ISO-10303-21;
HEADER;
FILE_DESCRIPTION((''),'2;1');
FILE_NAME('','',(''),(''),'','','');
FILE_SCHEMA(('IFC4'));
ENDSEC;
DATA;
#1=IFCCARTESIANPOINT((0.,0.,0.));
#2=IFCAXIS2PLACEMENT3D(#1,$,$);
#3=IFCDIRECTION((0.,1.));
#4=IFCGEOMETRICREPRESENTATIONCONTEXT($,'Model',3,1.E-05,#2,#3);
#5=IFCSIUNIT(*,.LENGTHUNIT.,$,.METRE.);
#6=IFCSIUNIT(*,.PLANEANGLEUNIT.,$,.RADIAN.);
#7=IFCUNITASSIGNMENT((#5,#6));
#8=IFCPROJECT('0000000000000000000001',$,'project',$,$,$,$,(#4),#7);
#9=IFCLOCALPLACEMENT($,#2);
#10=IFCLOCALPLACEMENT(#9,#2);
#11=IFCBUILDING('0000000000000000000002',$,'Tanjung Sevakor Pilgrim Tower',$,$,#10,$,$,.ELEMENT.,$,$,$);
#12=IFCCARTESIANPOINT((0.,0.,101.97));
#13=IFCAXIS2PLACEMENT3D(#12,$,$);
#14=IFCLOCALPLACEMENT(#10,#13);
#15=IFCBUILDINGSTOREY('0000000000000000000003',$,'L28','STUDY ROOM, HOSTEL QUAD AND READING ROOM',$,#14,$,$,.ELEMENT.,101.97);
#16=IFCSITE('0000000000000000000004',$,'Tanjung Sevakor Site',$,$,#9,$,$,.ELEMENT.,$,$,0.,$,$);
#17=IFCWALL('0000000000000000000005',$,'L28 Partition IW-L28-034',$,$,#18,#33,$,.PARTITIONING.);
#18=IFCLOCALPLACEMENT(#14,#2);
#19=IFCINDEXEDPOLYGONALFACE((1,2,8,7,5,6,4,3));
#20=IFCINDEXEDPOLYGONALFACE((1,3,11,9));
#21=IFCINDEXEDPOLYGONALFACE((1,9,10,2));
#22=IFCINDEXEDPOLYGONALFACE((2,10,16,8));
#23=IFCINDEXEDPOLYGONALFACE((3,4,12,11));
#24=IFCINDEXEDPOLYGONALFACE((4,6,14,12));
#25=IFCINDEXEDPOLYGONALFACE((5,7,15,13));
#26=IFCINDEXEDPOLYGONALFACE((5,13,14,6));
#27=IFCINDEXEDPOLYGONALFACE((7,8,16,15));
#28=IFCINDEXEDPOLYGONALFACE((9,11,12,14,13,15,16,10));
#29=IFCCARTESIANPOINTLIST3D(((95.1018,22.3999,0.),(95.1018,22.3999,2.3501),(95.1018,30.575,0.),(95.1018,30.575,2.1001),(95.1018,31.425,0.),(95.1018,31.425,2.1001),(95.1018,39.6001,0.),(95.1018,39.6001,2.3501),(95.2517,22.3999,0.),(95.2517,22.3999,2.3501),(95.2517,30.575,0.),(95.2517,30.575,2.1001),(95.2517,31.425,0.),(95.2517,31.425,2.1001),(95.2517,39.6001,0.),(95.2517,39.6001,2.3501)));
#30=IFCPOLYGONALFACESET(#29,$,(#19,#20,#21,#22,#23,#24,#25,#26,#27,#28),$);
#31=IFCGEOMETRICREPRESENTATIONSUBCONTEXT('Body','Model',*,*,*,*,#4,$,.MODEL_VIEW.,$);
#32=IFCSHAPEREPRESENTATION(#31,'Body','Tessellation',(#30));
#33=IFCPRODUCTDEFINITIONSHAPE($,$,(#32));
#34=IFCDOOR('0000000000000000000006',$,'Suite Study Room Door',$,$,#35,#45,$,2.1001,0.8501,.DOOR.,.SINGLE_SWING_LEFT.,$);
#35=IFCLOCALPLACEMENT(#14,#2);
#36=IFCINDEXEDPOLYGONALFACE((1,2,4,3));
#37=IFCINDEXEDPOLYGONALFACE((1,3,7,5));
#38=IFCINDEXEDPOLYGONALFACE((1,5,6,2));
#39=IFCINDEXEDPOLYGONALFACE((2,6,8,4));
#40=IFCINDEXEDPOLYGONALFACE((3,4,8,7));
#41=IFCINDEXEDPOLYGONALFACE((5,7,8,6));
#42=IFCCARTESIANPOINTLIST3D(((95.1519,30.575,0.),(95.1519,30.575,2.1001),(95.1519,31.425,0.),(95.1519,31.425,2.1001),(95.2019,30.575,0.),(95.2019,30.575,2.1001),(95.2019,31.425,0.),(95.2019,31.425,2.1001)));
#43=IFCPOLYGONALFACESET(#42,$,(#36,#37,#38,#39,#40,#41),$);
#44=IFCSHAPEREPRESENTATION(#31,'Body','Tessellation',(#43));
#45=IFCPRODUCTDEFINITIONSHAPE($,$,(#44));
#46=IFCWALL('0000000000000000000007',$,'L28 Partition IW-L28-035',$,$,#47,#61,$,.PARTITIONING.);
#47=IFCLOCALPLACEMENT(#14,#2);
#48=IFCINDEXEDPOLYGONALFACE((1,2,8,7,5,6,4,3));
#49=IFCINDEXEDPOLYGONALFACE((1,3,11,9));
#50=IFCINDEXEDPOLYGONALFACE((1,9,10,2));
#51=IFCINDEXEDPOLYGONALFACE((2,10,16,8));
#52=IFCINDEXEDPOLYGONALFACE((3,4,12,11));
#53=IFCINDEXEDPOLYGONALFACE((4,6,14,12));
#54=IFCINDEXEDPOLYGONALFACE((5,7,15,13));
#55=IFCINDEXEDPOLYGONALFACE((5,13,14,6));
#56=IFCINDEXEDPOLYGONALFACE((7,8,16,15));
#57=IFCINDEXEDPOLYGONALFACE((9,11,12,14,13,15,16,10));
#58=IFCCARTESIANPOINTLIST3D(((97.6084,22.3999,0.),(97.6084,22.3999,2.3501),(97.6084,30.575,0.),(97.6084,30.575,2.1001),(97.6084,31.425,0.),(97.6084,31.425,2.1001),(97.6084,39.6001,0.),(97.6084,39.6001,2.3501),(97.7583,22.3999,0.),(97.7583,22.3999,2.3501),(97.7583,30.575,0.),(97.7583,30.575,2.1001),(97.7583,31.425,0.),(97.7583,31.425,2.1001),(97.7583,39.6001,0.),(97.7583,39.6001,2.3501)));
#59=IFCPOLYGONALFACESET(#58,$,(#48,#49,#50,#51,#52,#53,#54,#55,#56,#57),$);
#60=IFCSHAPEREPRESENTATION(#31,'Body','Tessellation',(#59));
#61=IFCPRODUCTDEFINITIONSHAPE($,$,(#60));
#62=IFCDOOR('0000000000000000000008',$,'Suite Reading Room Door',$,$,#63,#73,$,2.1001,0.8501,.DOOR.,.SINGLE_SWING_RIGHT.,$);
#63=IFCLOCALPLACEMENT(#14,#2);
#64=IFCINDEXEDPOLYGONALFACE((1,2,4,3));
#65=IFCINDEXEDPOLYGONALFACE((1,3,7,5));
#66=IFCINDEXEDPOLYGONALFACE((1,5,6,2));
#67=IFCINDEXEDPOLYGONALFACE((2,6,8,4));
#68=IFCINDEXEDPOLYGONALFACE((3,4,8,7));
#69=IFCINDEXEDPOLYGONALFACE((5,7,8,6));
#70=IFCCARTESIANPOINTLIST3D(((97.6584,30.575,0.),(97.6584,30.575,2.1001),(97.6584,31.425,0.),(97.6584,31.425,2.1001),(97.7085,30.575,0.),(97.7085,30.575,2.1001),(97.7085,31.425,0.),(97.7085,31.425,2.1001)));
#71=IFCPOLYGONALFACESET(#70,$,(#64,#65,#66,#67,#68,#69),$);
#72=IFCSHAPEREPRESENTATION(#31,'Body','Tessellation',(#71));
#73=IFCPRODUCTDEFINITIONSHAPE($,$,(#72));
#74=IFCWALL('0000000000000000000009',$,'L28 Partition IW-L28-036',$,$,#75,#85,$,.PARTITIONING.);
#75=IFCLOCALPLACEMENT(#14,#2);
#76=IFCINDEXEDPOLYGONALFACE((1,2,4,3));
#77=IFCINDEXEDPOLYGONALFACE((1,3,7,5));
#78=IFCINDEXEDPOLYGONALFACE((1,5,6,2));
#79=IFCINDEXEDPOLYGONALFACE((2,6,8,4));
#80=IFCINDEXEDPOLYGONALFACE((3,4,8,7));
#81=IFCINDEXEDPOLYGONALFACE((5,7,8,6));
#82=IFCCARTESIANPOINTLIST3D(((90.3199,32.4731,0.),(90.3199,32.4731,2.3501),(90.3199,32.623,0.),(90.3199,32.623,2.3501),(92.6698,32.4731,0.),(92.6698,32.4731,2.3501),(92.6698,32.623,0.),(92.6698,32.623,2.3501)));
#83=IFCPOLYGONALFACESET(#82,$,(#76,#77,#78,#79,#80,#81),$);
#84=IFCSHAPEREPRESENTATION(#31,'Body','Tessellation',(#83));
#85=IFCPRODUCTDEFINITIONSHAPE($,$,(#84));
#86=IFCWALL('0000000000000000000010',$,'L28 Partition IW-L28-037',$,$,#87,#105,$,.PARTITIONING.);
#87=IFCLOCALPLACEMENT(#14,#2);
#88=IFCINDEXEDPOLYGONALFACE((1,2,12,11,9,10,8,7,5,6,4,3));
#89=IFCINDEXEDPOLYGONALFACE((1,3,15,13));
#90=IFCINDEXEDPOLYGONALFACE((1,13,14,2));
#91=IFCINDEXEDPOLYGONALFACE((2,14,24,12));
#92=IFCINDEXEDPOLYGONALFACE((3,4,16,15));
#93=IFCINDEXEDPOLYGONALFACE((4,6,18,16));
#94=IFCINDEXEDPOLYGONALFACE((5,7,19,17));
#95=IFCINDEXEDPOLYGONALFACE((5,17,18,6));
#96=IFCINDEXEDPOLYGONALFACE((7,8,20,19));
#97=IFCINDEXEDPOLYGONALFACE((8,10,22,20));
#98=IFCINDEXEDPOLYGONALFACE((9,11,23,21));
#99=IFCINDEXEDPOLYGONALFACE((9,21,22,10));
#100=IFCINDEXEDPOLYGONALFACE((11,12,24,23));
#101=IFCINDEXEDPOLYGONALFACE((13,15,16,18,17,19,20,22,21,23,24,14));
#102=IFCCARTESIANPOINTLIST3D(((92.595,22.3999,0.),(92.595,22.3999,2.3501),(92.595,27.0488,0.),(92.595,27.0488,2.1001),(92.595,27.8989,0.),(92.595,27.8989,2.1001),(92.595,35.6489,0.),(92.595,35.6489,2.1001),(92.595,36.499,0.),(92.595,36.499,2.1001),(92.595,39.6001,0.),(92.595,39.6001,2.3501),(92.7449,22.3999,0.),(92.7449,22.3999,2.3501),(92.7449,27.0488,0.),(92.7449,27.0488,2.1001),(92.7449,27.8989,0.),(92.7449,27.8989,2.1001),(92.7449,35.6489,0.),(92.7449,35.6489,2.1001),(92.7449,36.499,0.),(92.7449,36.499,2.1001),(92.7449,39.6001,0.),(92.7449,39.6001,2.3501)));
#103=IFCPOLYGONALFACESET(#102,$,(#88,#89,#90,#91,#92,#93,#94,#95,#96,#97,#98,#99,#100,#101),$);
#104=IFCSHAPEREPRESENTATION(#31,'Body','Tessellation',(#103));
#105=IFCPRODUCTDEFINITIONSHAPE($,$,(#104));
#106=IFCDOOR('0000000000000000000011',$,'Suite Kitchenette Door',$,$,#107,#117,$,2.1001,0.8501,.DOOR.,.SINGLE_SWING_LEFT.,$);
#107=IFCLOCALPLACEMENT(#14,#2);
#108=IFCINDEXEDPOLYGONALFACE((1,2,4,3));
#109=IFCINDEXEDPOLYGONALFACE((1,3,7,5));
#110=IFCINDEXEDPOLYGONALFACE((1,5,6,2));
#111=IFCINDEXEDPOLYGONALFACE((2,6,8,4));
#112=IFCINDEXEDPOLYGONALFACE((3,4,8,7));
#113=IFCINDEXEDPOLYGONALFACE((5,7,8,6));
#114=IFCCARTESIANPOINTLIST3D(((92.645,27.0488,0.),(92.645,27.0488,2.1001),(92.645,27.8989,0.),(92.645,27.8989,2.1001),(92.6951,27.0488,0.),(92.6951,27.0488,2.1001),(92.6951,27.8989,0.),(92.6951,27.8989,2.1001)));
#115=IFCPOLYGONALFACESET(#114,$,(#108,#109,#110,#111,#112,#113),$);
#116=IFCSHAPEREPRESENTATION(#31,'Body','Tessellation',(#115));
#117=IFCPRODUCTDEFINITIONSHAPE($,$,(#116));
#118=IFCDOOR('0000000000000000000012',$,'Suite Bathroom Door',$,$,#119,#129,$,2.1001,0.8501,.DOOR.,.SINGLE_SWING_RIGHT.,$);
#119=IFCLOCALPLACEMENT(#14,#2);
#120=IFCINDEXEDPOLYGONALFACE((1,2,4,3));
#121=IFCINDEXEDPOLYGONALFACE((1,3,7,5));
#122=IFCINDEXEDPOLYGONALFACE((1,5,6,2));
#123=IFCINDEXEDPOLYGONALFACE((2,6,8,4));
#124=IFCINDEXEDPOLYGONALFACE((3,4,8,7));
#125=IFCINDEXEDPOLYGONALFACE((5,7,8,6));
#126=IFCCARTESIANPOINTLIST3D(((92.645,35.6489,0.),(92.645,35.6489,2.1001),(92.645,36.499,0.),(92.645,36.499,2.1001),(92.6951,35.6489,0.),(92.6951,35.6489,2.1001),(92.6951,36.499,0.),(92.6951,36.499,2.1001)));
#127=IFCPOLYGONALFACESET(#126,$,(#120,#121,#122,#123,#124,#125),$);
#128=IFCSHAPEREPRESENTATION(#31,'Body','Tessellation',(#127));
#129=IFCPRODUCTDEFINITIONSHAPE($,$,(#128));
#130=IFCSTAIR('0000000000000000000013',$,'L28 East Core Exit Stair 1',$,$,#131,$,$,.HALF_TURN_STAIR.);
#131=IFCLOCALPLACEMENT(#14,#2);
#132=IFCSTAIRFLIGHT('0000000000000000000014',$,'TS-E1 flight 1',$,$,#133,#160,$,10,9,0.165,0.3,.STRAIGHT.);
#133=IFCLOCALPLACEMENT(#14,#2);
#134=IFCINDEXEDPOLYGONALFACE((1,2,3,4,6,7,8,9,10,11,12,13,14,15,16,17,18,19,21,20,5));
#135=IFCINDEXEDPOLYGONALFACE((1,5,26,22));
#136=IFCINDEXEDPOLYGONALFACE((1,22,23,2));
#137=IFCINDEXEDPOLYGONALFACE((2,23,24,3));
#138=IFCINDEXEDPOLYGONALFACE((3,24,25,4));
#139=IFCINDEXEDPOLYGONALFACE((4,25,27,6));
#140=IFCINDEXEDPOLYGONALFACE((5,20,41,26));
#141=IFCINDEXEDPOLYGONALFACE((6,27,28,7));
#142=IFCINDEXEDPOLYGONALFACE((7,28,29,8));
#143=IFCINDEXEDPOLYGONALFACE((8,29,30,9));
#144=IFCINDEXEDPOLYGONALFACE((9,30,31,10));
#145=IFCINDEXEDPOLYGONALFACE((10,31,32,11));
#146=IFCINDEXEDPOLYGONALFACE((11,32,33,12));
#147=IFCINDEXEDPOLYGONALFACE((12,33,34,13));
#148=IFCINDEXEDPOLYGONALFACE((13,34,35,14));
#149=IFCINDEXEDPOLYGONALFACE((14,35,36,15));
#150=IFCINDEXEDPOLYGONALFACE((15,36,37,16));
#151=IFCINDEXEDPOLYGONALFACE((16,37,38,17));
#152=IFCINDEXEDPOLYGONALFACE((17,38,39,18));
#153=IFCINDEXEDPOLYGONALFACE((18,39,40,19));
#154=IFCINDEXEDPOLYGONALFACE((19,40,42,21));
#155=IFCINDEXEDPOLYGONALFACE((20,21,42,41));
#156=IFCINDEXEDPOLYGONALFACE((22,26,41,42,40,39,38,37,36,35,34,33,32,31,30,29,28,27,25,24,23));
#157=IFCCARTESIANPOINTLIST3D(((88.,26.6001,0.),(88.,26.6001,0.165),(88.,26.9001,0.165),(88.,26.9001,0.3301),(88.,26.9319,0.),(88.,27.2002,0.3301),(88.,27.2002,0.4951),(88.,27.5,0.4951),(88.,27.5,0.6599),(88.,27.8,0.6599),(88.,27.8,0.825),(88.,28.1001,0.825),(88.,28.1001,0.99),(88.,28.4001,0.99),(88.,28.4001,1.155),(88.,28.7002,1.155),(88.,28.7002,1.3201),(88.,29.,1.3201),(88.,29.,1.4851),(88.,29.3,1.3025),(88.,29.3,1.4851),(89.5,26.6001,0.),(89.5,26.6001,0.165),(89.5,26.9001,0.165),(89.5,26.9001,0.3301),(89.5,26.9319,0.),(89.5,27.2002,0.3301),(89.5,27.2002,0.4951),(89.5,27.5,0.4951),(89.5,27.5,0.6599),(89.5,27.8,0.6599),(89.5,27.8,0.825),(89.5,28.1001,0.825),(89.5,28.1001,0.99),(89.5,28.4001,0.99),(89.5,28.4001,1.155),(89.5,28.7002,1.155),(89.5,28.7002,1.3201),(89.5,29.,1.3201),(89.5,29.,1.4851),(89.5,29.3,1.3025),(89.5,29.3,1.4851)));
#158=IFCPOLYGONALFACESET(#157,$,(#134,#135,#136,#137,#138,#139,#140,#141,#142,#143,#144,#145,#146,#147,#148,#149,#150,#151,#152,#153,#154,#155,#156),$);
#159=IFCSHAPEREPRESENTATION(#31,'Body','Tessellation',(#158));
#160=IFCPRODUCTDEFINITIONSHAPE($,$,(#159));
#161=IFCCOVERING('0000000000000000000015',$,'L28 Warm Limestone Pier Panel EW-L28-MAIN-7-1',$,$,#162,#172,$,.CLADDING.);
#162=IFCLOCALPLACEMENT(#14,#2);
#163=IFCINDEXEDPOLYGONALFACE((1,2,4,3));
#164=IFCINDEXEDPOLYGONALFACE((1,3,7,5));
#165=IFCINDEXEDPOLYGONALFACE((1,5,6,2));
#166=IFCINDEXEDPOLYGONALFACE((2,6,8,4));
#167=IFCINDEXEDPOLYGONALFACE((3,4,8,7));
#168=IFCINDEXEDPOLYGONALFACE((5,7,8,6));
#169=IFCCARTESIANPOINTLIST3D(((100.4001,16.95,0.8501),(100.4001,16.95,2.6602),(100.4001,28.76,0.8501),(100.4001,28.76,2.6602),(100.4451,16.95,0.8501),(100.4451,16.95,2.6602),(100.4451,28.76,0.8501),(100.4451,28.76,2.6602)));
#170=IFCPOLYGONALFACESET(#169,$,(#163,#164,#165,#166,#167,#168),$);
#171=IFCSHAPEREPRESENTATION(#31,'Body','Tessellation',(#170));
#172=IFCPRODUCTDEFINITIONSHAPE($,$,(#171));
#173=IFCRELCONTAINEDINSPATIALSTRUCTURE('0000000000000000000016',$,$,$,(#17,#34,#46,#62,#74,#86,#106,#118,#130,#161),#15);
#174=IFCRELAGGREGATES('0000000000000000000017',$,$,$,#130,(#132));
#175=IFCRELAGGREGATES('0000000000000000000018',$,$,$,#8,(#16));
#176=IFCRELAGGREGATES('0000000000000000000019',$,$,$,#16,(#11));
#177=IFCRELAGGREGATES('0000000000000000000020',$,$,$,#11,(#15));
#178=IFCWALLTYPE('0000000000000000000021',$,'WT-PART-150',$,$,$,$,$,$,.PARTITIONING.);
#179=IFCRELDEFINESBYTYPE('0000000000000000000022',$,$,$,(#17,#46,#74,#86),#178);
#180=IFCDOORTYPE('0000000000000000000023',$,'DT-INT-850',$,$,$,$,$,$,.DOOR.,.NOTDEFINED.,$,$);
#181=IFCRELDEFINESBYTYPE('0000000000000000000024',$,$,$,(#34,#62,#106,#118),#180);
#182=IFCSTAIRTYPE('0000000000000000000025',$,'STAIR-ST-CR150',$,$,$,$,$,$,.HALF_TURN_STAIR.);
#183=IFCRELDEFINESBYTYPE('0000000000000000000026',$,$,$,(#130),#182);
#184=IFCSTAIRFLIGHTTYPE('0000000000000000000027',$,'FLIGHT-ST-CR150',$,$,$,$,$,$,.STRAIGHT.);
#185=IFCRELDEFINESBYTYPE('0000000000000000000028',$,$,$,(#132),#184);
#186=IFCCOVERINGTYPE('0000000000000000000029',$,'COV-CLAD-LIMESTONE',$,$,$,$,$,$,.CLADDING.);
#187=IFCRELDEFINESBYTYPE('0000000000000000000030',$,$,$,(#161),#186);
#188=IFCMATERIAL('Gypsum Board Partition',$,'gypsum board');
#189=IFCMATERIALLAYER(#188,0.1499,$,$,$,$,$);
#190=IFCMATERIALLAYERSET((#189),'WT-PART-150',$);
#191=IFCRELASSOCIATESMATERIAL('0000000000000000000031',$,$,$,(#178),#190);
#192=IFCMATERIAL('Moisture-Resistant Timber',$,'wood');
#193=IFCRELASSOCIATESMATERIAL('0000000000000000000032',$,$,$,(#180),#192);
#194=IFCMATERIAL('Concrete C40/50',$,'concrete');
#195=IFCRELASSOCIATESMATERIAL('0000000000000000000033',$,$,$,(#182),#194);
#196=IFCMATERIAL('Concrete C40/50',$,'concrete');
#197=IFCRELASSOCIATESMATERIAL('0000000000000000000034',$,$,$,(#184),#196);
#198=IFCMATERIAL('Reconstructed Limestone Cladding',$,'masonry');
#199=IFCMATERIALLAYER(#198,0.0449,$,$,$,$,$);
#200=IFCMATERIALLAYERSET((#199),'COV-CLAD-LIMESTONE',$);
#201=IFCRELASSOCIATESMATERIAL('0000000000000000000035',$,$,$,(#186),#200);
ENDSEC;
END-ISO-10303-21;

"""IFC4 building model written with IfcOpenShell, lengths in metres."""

from ifc_helpers import new_model, si_unit, direction, frame, frame_2d, origin, origin_2d, place, context, subcontext, project, spatial, polyline, rectangle, outline, extrude, material, layer, layer_set, type_object, element, fill, aggregate, save


model = new_model("IFC4")

# Units and contexts
model_context = context("Model", 3, precision=1e-05, world=origin(), true_north=direction((0.0, 1.0)))
body_context = subcontext(model_context, "Body", "Model", "MODEL_VIEW")
ifc_project = project(units=[si_unit("LENGTHUNIT", "METRE"), si_unit("PLANEANGLEUNIT", "RADIAN")], contexts=[model_context])

# Site, building, storey
site_placement = place(None, origin())
site = spatial("IfcSite", under=ifc_project, at=site_placement, Name="Tanjung Sevakor Site", CompositionType="ELEMENT", RefElevation=0.0)
building_placement = place(site_placement, origin())
building = spatial("IfcBuilding", under=site, at=building_placement, Name="Tanjung Sevakor Pilgrim Tower", CompositionType="ELEMENT")
storey_placement = place(building_placement, frame((0.0, 0.0, 101.97)))
storey = spatial("IfcBuildingStorey", under=building, at=storey_placement, Name="L28", Description="STUDY ROOM, HOSTEL QUAD AND READING ROOM", CompositionType="ELEMENT", Elevation=101.97)

# Walls, openings, doors
ifc_material_1 = material(Name="Gypsum Board Partition", Category="gypsum board")
ifc_layer_1 = layer(ifc_material_1, 0.1499)
ifc_layer_set_1 = layer_set([ifc_layer_1], Name="WT-PART-150")
wall_type_1 = type_object("IfcWallType", Name="WT-PART-150", PredefinedType="PARTITIONING", material=ifc_layer_set_1)
wall_1_placement = place(storey_placement, frame((95.1768, 22.3999, 0.0), z_axis=(0.0, 0.0, 1.0), x_axis=(0.0, 1.0, 0.0)))
wall_1 = element("IfcWall", 1, at=wall_1_placement, inside=storey, type_object=wall_type_1, Name="L28 Partition IW-L28-034", PredefinedType="PARTITIONING", context=body_context, shape_type="SweptSolid", body=[
    extrude(rectangle(XDim=17.2002, YDim=0.1499, at=frame_2d((8.6001, 0.0))), origin(), (0.0, 0.0, 1.0), 2.3501),
])
opening_1_placement = place(wall_1_placement, frame((8.175, 0.0, 0.0)))
opening_1 = element("IfcOpeningElement", 2, at=opening_1_placement, cuts=wall_1, PredefinedType="OPENING", context=body_context, shape_type="SweptSolid", body=[
    extrude(rectangle(XDim=0.8501, YDim=2.1001, at=frame_2d((0.425, 1.05))), frame((0.0, 0.085, 0.0), z_axis=(0.0, -1.0, 0.0), x_axis=(1.0, 0.0, 0.0)), (0.0, 0.0, 1.0), 0.1699),
])
ifc_material_2 = material(Name="Moisture-Resistant Timber", Category="wood")
door_type_1 = type_object("IfcDoorType", Name="DT-INT-850", OperationType="NOTDEFINED", PredefinedType="DOOR", material=ifc_material_2)
door_1_placement = place(opening_1_placement, origin())
door_1 = element("IfcDoor", 3, at=door_1_placement, inside=storey, type_object=door_type_1, Name="Suite Study Room Door", OperationType="SINGLE_SWING_LEFT", OverallHeight=2.1001, OverallWidth=0.8501, PredefinedType="DOOR", context=body_context, shape_type="SweptSolid", body=[
    extrude(rectangle(XDim=0.8501, YDim=2.1001, at=frame_2d((0.425, 1.05))), frame((0.0, 0.0249, 0.0), z_axis=(0.0, -1.0, 0.0), x_axis=(1.0, 0.0, 0.0)), (0.0, 0.0, 1.0), 0.05),
])
fill(opening_1, door_1)
wall_2_placement = place(storey_placement, frame((97.6833, 22.3999, 0.0), z_axis=(0.0, 0.0, 1.0), x_axis=(0.0, 1.0, 0.0)))
wall_2 = element("IfcWall", 4, at=wall_2_placement, inside=storey, type_object=wall_type_1, Name="L28 Partition IW-L28-035", PredefinedType="PARTITIONING", context=body_context, shape_type="SweptSolid", body=[
    extrude(rectangle(XDim=17.2002, YDim=0.1499, at=frame_2d((8.6001, 0.0))), origin(), (0.0, 0.0, 1.0), 2.3501),
])
opening_2_placement = place(wall_2_placement, frame((8.175, 0.0, 0.0)))
opening_2 = element("IfcOpeningElement", 5, at=opening_2_placement, cuts=wall_2, PredefinedType="OPENING", context=body_context, shape_type="SweptSolid", body=[
    extrude(rectangle(XDim=0.8501, YDim=2.1001, at=frame_2d((0.425, 1.05))), frame((0.0, 0.085, 0.0), z_axis=(0.0, -1.0, 0.0), x_axis=(1.0, 0.0, 0.0)), (0.0, 0.0, 1.0), 0.1699),
])
door_2_placement = place(opening_2_placement, origin())
door_2 = element("IfcDoor", 6, at=door_2_placement, inside=storey, type_object=door_type_1, Name="Suite Reading Room Door", OperationType="SINGLE_SWING_RIGHT", OverallHeight=2.1001, OverallWidth=0.8501, PredefinedType="DOOR", context=body_context, shape_type="SweptSolid", body=[
    extrude(rectangle(XDim=0.8501, YDim=2.1001, at=frame_2d((0.425, 1.05))), frame((0.0, 0.0249, 0.0), z_axis=(0.0, -1.0, 0.0), x_axis=(1.0, 0.0, 0.0)), (0.0, 0.0, 1.0), 0.05),
])
fill(opening_2, door_2)

# Wall
wall_3_placement = place(storey_placement, frame((90.3201, 32.5481, 0.0), z_axis=(0.0, 0.0, 1.0), x_axis=(1.0, 0.0, 0.0)))
element("IfcWall", 7, at=wall_3_placement, inside=storey, type_object=wall_type_1, Name="L28 Partition IW-L28-036", PredefinedType="PARTITIONING", context=body_context, shape_type="SweptSolid", body=[
    extrude(rectangle(XDim=2.3499, YDim=0.1499, at=frame_2d((1.1748, 0.0))), origin(), (0.0, 0.0, 1.0), 2.3501),
])

# Wall, openings, doors
wall_4_placement = place(storey_placement, frame((92.6699, 22.3999, 0.0), z_axis=(0.0, 0.0, 1.0), x_axis=(0.0, 1.0, 0.0)))
wall_4 = element("IfcWall", 8, at=wall_4_placement, inside=storey, type_object=wall_type_1, Name="L28 Partition IW-L28-037", PredefinedType="PARTITIONING", context=body_context, shape_type="SweptSolid", body=[
    extrude(rectangle(XDim=17.2002, YDim=0.1499, at=frame_2d((8.6001, 0.0))), origin(), (0.0, 0.0, 1.0), 2.3501),
])
opening_3_placement = place(wall_4_placement, frame((4.6489, 0.0, 0.0)))
opening_3 = element("IfcOpeningElement", 9, at=opening_3_placement, cuts=wall_4, PredefinedType="OPENING", context=body_context, shape_type="SweptSolid", body=[
    extrude(rectangle(XDim=0.8501, YDim=2.1001, at=frame_2d((0.425, 1.05))), frame((0.0, 0.085, 0.0), z_axis=(0.0, -1.0, 0.0), x_axis=(1.0, 0.0, 0.0)), (0.0, 0.0, 1.0), 0.1699),
])
opening_4_placement = place(wall_4_placement, frame((13.249, 0.0, 0.0)))
opening_4 = element("IfcOpeningElement", 10, at=opening_4_placement, cuts=wall_4, PredefinedType="OPENING", context=body_context, shape_type="SweptSolid", body=[
    extrude(rectangle(XDim=0.8501, YDim=2.1001, at=frame_2d((0.425, 1.05))), frame((0.0, 0.085, 0.0), z_axis=(0.0, -1.0, 0.0), x_axis=(1.0, 0.0, 0.0)), (0.0, 0.0, 1.0), 0.1699),
])
door_3_placement = place(opening_3_placement, origin())
door_3 = element("IfcDoor", 11, at=door_3_placement, inside=storey, type_object=door_type_1, Name="Suite Kitchenette Door", OperationType="SINGLE_SWING_LEFT", OverallHeight=2.1001, OverallWidth=0.8501, PredefinedType="DOOR", context=body_context, shape_type="SweptSolid", body=[
    extrude(rectangle(XDim=0.8501, YDim=2.1001, at=frame_2d((0.425, 1.05))), frame((0.0, 0.0249, 0.0), z_axis=(0.0, -1.0, 0.0), x_axis=(1.0, 0.0, 0.0)), (0.0, 0.0, 1.0), 0.05),
])
fill(opening_3, door_3)
door_4_placement = place(opening_4_placement, origin())
door_4 = element("IfcDoor", 12, at=door_4_placement, inside=storey, type_object=door_type_1, Name="Suite Bathroom Door", OperationType="SINGLE_SWING_RIGHT", OverallHeight=2.1001, OverallWidth=0.8501, PredefinedType="DOOR", context=body_context, shape_type="SweptSolid", body=[
    extrude(rectangle(XDim=0.8501, YDim=2.1001, at=frame_2d((0.425, 1.05))), frame((0.0, 0.0249, 0.0), z_axis=(0.0, -1.0, 0.0), x_axis=(1.0, 0.0, 0.0)), (0.0, 0.0, 1.0), 0.05),
])
fill(opening_4, door_4)

# Stair, stair flight
ifc_material_3 = material(Name="Concrete C40/50", Category="concrete")
stair_type = type_object("IfcStairType", Name="STAIR-ST-CR150", PredefinedType="HALF_TURN_STAIR", material=ifc_material_3)
stair_placement = place(storey_placement, origin())
stair = element("IfcStair", 13, at=stair_placement, inside=storey, type_object=stair_type, Name="L28 East Core Exit Stair 1", PredefinedType="HALF_TURN_STAIR")
ifc_material_4 = material(Name="Concrete C40/50", Category="concrete")
stair_flight_type = type_object("IfcStairFlightType", Name="FLIGHT-ST-CR150", PredefinedType="STRAIGHT", material=ifc_material_4)
stair_flight_placement = place(storey_placement, frame((88.75, 26.6001, 0.0), z_axis=(0.0, 0.0, 1.0), x_axis=(0.0, 1.0, 0.0)))
stair_flight = element("IfcStairFlight", 14, at=stair_flight_placement, type_object=stair_flight_type, Name="TS-E1 flight 1", NumberOfRisers=10, NumberOfTreads=9, PredefinedType="STRAIGHT", RiserHeight=0.165, TreadLength=0.3, context=body_context, shape_type="SweptSolid", body=[
    extrude(outline(polyline([(0.0, 0.0), (0.0, 0.165), (0.3, 0.165), (0.3, 0.3301), (0.6001, 0.3301), (0.6001, 0.4951), (0.8999, 0.4951), (0.8999, 0.6599), (1.2, 0.6599), (1.2, 0.825), (1.5, 0.825), (1.5, 0.99), (1.8, 0.99), (1.8, 1.155), (2.1001, 1.155), (2.1001, 1.3201), (2.3999, 1.3201), (2.3999, 1.4851), (2.7, 1.4851), (2.7, 1.6499), (2.7, 1.3025), (0.3318, 0.0), (0.0, 0.0)])), frame((0.0, 0.75, 0.0), z_axis=(0.0, -1.0, 0.0), x_axis=(1.0, 0.0, 0.0)), (0.0, 0.0, 1.0), 1.5),
])
aggregate(stair, [stair_flight])

# Covering
ifc_material_5 = material(Name="Reconstructed Limestone Cladding", Category="masonry")
ifc_layer_2 = layer(ifc_material_5, 0.0449)
ifc_layer_set_2 = layer_set([ifc_layer_2], Name="COV-CLAD-LIMESTONE")
covering_type = type_object("IfcCoveringType", Name="COV-CLAD-LIMESTONE", PredefinedType="CLADDING", material=ifc_layer_set_2)
covering_placement = place(storey_placement, frame((100.4226, 22.855, 0.8501), z_axis=(0.0, 0.0, 1.0), x_axis=(0.0, 1.0, 0.0)))
element("IfcCovering", 15, at=covering_placement, inside=storey, type_object=covering_type, Name="L28 Warm Limestone Pier Panel EW-L28-MAIN-7-1", PredefinedType="CLADDING", context=body_context, shape_type="SweptSolid", body=[
    extrude(rectangle(XDim=11.8101, YDim=0.0449, at=origin_2d()), origin(), (0.0, 0.0, 1.0), 1.8101),
])

save(model, "model.ifc")
